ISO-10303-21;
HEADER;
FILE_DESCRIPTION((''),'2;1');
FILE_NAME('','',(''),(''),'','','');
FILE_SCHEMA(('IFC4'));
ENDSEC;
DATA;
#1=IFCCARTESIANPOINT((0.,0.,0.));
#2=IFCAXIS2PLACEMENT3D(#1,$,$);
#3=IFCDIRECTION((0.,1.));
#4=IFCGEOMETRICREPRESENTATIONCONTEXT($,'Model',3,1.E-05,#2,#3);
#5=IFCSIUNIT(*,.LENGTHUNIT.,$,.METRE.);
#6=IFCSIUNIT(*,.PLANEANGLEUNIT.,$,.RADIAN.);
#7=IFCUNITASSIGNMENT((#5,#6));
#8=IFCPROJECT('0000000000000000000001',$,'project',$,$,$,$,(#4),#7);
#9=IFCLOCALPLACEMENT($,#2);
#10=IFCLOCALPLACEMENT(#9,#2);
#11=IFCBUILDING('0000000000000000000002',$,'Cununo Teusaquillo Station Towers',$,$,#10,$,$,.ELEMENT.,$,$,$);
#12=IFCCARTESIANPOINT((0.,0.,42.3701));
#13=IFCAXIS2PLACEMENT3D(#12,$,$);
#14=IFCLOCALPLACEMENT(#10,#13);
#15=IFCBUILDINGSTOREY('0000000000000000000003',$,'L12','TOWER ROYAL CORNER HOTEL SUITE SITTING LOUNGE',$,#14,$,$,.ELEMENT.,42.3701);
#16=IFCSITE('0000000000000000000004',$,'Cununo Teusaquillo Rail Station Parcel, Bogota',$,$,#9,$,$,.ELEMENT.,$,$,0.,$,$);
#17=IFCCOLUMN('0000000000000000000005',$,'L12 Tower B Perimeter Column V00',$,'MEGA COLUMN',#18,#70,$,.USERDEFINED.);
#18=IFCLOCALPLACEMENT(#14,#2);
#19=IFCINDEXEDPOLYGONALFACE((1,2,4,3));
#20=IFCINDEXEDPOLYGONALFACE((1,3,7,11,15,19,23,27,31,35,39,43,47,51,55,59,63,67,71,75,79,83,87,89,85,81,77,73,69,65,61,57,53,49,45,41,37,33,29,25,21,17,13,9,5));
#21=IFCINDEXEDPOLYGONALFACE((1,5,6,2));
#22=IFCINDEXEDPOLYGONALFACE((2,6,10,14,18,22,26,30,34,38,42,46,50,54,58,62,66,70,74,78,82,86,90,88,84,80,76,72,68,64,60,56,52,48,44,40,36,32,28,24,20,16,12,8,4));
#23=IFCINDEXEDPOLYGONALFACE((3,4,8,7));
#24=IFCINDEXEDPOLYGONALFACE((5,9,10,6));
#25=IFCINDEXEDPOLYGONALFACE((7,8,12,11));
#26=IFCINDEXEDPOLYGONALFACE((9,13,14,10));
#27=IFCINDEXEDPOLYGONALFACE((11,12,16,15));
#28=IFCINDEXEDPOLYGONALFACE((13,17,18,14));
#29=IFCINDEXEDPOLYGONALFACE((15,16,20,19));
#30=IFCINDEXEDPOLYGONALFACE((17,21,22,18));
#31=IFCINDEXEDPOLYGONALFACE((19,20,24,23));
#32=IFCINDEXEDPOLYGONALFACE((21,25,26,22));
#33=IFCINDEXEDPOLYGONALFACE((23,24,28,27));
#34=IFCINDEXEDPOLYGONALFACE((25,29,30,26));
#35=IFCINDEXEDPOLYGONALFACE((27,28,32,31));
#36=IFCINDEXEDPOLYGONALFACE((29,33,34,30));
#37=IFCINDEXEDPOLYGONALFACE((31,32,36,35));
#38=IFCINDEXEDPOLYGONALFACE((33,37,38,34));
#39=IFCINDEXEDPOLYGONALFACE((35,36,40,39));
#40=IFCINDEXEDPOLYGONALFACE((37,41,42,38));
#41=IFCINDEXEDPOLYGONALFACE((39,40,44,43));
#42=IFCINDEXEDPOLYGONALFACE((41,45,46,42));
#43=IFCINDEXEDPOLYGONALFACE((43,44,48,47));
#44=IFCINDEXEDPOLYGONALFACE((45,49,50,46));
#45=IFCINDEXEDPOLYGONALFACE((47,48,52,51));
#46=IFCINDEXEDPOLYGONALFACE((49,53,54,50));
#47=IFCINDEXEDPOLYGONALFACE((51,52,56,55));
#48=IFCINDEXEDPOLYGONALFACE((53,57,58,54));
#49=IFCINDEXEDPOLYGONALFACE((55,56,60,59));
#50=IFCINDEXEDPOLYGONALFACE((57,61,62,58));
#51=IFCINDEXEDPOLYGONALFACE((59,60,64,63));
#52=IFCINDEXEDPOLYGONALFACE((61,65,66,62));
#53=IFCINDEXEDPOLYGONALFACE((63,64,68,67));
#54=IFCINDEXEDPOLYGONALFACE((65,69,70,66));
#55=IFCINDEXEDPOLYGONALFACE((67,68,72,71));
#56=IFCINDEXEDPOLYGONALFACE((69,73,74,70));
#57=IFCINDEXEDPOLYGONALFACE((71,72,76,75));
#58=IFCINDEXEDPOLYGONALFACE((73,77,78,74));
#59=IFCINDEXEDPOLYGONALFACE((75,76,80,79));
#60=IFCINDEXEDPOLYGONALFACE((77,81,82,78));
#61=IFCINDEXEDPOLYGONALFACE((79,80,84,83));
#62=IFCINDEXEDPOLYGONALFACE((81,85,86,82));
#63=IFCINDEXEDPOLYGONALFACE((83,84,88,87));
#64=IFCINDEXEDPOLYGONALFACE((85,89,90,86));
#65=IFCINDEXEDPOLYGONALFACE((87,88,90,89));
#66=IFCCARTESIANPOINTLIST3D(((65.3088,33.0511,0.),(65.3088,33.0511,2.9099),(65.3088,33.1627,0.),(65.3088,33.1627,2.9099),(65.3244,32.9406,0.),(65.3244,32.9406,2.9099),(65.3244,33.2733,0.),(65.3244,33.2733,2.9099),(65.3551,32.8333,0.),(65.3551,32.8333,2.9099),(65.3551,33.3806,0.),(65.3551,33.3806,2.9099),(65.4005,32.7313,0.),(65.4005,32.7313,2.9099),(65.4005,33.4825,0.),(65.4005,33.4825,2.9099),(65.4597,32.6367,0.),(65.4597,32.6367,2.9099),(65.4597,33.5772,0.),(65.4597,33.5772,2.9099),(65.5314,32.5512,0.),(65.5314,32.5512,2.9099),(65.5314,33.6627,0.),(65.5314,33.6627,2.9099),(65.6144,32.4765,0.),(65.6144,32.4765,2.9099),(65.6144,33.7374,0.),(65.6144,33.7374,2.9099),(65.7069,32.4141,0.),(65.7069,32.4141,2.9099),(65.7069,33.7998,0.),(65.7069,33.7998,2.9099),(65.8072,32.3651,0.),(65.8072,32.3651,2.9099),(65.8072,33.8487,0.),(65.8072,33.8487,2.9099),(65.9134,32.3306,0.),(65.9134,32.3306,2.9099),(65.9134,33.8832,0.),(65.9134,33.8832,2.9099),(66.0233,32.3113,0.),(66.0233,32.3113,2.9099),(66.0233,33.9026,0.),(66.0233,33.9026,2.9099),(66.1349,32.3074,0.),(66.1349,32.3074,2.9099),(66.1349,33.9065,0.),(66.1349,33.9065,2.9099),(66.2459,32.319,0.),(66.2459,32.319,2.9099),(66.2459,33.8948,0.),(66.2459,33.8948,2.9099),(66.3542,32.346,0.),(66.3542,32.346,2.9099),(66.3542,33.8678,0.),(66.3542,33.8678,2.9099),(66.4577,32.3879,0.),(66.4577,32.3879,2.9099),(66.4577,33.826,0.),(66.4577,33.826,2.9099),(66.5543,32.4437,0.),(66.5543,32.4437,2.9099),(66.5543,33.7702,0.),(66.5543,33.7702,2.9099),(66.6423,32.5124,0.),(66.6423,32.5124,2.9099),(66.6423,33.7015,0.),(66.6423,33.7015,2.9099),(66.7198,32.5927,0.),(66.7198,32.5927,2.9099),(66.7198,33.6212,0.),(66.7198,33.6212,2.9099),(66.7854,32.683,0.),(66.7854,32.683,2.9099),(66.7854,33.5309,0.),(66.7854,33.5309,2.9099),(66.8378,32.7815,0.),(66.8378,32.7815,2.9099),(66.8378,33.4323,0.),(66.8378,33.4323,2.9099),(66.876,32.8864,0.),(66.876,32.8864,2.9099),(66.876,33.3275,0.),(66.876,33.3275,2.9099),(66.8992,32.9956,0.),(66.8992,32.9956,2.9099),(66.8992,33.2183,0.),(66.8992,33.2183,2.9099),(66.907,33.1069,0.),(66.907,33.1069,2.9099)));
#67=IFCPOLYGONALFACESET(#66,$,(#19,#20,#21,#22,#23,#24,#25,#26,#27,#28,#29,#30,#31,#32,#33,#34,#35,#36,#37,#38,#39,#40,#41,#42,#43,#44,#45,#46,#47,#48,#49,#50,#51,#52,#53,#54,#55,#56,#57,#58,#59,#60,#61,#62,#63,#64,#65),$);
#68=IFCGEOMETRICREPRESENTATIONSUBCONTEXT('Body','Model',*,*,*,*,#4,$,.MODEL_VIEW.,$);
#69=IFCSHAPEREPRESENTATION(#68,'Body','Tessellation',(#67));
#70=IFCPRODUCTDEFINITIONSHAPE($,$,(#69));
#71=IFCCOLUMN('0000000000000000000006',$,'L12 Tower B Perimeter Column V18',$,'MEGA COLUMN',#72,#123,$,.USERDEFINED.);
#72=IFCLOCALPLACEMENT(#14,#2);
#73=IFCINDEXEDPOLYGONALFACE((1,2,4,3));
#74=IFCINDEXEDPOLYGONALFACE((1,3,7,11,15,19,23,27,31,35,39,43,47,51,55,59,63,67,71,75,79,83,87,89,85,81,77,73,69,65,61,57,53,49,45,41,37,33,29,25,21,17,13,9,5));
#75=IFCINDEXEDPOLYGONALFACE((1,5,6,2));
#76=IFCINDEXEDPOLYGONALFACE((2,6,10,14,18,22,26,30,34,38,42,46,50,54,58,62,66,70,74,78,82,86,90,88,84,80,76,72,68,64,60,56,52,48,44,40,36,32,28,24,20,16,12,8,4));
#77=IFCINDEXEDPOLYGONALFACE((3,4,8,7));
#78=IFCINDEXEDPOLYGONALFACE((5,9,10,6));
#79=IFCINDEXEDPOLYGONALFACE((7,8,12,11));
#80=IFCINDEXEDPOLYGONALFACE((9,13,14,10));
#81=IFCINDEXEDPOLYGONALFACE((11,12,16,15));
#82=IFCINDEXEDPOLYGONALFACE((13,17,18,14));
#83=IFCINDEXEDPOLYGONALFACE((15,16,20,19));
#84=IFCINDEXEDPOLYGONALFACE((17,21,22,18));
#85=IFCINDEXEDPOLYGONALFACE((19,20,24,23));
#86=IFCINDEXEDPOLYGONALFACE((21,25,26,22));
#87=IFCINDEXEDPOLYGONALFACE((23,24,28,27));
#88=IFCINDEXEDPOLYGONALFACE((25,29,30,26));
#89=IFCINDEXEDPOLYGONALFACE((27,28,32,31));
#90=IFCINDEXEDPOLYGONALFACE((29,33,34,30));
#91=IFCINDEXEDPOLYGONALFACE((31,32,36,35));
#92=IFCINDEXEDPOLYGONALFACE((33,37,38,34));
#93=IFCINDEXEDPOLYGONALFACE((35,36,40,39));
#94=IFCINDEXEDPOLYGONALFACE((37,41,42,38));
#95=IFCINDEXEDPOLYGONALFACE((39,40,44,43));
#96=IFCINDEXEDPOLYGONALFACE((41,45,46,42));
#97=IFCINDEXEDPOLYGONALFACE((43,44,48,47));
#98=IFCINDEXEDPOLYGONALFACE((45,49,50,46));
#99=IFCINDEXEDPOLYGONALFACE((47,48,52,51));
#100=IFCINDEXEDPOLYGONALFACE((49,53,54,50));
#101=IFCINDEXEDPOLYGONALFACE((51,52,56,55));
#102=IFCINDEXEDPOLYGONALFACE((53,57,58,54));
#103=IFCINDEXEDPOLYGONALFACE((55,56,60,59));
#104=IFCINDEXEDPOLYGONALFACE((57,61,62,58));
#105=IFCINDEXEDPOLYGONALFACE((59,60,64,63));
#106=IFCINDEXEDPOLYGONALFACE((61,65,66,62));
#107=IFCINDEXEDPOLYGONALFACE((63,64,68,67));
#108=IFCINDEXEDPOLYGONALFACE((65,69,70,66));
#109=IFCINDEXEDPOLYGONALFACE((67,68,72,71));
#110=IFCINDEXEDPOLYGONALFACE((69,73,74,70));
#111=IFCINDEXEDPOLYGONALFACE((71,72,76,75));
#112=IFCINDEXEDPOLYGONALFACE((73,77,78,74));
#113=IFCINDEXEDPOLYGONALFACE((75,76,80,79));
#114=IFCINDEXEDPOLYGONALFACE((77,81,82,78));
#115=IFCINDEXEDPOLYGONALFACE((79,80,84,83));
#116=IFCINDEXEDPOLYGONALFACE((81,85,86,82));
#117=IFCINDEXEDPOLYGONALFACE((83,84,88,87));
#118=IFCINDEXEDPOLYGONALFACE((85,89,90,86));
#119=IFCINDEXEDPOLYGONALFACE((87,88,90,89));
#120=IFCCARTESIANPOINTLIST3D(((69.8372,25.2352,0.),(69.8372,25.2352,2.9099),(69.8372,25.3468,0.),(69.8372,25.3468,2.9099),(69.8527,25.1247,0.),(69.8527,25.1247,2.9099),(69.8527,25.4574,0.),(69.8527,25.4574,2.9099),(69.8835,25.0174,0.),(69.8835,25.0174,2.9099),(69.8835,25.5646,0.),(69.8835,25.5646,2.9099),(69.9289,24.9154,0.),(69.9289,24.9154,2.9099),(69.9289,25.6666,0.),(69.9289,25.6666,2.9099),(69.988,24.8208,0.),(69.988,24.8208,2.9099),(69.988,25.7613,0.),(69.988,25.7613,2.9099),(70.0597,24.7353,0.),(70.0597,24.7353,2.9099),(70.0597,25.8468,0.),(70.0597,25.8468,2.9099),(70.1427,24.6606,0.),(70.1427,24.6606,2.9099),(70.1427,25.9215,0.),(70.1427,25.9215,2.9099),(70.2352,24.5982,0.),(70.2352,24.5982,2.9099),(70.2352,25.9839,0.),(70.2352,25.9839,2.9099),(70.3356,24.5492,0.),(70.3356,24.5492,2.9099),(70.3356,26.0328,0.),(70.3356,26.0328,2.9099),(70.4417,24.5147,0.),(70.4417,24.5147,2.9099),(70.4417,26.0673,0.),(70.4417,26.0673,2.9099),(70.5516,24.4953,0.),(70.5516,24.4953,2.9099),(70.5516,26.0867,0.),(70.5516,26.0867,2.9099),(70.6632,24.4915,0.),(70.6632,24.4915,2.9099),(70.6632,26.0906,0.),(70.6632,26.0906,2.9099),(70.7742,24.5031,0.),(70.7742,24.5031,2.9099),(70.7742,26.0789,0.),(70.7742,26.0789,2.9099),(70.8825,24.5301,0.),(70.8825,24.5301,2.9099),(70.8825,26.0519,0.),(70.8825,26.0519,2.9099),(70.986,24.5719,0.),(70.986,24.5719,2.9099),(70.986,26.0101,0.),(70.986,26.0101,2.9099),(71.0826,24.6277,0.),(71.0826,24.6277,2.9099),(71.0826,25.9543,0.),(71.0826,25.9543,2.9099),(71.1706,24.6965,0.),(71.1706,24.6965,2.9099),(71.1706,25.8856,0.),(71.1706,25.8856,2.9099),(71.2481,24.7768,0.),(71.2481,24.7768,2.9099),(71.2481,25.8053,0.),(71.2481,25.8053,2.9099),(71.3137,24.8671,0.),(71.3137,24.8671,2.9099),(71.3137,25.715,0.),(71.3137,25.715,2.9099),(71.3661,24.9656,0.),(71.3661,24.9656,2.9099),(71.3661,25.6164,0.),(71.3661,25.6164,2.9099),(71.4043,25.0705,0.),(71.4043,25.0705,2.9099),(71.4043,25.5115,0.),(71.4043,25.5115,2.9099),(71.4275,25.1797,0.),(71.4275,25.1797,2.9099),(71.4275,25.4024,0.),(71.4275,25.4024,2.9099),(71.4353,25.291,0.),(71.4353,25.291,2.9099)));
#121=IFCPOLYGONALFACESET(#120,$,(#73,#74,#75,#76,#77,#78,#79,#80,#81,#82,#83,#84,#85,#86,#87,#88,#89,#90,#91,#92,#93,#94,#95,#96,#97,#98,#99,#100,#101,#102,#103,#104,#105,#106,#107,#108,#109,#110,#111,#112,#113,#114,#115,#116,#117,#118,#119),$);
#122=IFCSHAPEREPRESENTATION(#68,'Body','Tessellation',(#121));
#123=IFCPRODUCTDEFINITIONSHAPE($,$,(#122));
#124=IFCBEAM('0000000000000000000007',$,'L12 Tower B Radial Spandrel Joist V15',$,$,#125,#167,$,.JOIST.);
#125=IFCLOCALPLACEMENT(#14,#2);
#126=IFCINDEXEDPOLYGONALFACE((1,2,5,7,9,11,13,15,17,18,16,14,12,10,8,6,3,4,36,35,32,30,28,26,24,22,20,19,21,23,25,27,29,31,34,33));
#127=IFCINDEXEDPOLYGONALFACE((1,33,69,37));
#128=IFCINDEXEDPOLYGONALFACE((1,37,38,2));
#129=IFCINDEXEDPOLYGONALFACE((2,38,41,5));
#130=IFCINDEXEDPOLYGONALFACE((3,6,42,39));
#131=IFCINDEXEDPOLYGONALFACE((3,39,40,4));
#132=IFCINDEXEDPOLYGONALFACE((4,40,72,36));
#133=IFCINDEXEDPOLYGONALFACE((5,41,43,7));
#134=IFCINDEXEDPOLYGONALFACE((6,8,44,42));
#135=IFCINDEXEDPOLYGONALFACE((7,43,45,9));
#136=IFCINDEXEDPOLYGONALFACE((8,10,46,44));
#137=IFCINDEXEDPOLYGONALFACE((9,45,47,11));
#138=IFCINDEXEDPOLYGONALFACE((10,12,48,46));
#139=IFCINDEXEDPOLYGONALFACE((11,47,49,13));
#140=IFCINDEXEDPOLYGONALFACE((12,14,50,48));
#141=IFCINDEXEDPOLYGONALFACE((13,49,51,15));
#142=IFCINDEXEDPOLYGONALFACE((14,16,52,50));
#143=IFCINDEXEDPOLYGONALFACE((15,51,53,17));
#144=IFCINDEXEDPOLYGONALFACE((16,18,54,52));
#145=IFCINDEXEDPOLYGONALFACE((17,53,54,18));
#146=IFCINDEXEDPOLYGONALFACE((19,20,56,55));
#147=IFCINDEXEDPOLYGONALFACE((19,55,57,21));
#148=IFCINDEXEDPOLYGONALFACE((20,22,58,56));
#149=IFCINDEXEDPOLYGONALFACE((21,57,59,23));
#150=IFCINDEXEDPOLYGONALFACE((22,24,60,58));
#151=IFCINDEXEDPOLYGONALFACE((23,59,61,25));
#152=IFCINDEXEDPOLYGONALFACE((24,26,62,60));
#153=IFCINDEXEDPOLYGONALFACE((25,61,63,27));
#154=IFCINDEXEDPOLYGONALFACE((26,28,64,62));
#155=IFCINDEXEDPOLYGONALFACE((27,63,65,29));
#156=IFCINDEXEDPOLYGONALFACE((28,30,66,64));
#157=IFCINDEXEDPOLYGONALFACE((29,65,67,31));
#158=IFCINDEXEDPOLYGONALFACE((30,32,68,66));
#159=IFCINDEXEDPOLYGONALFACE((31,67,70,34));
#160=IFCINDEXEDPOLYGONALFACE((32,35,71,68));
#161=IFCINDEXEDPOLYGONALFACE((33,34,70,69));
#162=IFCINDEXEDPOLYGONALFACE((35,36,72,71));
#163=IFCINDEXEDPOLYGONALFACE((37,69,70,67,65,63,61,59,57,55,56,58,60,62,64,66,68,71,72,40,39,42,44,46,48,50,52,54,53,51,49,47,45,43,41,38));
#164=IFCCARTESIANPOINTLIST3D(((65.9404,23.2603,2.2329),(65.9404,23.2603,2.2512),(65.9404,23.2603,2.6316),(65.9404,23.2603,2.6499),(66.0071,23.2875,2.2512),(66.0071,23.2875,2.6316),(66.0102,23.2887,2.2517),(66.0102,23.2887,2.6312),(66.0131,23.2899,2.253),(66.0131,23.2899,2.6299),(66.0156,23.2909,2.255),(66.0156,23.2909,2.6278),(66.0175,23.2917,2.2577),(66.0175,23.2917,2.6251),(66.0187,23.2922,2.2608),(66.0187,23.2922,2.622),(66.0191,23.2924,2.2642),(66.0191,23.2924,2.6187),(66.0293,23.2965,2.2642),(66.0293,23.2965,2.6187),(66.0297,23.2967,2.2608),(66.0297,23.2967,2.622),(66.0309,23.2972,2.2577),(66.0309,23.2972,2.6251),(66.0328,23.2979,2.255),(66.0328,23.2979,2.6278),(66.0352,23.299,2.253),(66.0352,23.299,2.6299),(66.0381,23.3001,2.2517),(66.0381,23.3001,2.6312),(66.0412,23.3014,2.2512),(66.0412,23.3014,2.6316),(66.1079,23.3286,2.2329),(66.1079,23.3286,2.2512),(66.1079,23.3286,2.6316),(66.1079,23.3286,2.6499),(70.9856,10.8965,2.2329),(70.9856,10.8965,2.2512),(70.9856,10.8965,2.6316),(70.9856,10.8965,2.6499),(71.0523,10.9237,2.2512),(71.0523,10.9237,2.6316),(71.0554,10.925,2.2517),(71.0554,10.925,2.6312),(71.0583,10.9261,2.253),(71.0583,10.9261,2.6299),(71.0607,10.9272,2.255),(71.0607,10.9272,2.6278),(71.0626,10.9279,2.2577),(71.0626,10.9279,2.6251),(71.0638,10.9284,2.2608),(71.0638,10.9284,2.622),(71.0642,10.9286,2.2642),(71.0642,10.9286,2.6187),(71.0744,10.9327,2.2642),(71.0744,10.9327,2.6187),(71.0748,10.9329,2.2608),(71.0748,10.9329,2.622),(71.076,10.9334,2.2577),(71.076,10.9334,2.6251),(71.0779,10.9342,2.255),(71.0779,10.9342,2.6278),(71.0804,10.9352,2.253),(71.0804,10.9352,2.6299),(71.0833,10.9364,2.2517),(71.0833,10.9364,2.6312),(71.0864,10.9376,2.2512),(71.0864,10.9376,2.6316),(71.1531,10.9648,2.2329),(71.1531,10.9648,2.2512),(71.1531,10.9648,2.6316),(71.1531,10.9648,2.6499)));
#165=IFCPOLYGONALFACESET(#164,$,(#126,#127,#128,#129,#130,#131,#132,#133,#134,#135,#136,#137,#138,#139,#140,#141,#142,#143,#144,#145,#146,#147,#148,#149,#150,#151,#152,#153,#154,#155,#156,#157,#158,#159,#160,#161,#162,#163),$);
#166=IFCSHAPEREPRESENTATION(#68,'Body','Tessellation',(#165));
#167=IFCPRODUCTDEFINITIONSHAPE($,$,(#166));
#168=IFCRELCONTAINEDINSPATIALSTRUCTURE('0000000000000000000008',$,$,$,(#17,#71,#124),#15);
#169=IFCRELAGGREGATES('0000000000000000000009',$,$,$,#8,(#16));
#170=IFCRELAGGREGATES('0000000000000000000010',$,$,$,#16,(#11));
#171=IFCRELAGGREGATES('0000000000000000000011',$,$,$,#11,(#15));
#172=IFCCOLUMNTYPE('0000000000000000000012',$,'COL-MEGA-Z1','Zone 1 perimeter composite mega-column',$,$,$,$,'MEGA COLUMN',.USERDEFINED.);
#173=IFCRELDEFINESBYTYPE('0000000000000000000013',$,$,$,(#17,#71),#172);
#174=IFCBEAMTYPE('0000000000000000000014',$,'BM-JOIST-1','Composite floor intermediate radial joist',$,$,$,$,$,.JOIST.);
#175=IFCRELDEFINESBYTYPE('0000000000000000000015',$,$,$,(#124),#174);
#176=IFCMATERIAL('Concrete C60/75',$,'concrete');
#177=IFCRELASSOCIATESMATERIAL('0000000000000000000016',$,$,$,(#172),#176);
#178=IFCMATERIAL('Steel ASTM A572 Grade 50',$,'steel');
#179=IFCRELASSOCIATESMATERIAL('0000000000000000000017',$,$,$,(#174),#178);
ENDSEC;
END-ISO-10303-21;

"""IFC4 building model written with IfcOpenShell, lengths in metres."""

from ifc_helpers import new_model, si_unit, direction, frame, origin, origin_2d, place, context, subcontext, project, spatial, circle, i_section, extrude, material, material_profile, profile_set, type_object, element, save


model = new_model("IFC4")

# Units and contexts
model_context = context("Model", 3, precision=1e-05, world=origin(), true_north=direction((0.0, 1.0)))
body_context = subcontext(model_context, "Body", "Model", "MODEL_VIEW")
ifc_project = project(units=[si_unit("LENGTHUNIT", "METRE"), si_unit("PLANEANGLEUNIT", "RADIAN")], contexts=[model_context])

# Site, building, storey
site_placement = place(None, origin())
site = spatial("IfcSite", under=ifc_project, at=site_placement, Name="Cununo Teusaquillo Rail Station Parcel, Bogota", CompositionType="ELEMENT", RefElevation=0.0)
building_placement = place(site_placement, origin())
building = spatial("IfcBuilding", under=site, at=building_placement, Name="Cununo Teusaquillo Station Towers", CompositionType="ELEMENT")
storey_placement = place(building_placement, frame((0.0, 0.0, 42.3701)))
storey = spatial("IfcBuildingStorey", under=building, at=storey_placement, Name="L12", Description="TOWER ROYAL CORNER HOTEL SUITE SITTING LOUNGE", CompositionType="ELEMENT", Elevation=42.3701)

# Columns
ifc_material_1 = material(Name="Concrete C60/75", Category="concrete")
ifc_material_profile_1 = material_profile(ifc_material_1, circle(Radius=0.8, at=origin_2d()), Name="RC-CIRC-1600")
ifc_profile_set_1 = profile_set([ifc_material_profile_1], Name="Concrete C60/75")
column_type = type_object("IfcColumnType", Name="COL-MEGA-Z1", Description="Zone 1 perimeter composite mega-column", ElementType="MEGA COLUMN", PredefinedType="USERDEFINED", material=ifc_profile_set_1)
for number, where, z_axis, x_axis, name in (
    (1, (66.1069, 33.1069, 0.0), (0.0, 0.0, 1.0), (1.0, 0.0, 0.0), "L12 Tower B Perimeter Column V00"),
    (2, (70.6353, 25.291, 0.0), (0.0, 0.0, 1.0), (1.0, 0.0, 0.0), "L12 Tower B Perimeter Column V18"),
):
    element("IfcColumn", number, at=place(storey_placement, frame(where, z_axis=z_axis, x_axis=x_axis)), inside=storey, type_object=column_type, Name=name, ObjectType="MEGA COLUMN", PredefinedType="USERDEFINED", context=body_context, shape_type="SweptSolid", body=[
        extrude(circle(Radius=0.8, at=origin_2d()), origin(), (0.0, 0.0, 1.0), 2.9099),
    ])

# Beam
ifc_material_2 = material(Name="Steel ASTM A572 Grade 50", Category="steel")
ifc_material_profile_2 = material_profile(ifc_material_2, i_section(OverallWidth=0.1809, OverallDepth=0.417, WebThickness=0.011, FlangeThickness=0.0183, FilletRadius=0.0129, at=origin_2d()), Name="W16X57")
ifc_profile_set_2 = profile_set([ifc_material_profile_2], Name="Steel ASTM A572 Grade 50")
beam_type_1 = type_object("IfcBeamType", Name="BM-JOIST-1", Description="Composite floor intermediate radial joist", PredefinedType="JOIST", material=ifc_profile_set_2)
beam_1_placement = place(storey_placement, frame((66.0242, 23.2944, 2.4414), z_axis=(0.377815, -0.925881, 0.0), x_axis=(0.925881, 0.377815, 0.0)))
element("IfcBeam", 3, at=beam_1_placement, inside=storey, type_object=beam_type_1, Name="L12 Tower B Radial Spandrel Joist V15", PredefinedType="JOIST", context=body_context, shape_type="SweptSolid", body=[
    extrude(i_section(OverallWidth=0.1809, OverallDepth=0.417, WebThickness=0.011, FlangeThickness=0.0183, FilletRadius=0.0129, at=origin_2d()), origin(), (0.0, 0.0, 1.0), 13.3535),
])

save(model, "model.ifc")
